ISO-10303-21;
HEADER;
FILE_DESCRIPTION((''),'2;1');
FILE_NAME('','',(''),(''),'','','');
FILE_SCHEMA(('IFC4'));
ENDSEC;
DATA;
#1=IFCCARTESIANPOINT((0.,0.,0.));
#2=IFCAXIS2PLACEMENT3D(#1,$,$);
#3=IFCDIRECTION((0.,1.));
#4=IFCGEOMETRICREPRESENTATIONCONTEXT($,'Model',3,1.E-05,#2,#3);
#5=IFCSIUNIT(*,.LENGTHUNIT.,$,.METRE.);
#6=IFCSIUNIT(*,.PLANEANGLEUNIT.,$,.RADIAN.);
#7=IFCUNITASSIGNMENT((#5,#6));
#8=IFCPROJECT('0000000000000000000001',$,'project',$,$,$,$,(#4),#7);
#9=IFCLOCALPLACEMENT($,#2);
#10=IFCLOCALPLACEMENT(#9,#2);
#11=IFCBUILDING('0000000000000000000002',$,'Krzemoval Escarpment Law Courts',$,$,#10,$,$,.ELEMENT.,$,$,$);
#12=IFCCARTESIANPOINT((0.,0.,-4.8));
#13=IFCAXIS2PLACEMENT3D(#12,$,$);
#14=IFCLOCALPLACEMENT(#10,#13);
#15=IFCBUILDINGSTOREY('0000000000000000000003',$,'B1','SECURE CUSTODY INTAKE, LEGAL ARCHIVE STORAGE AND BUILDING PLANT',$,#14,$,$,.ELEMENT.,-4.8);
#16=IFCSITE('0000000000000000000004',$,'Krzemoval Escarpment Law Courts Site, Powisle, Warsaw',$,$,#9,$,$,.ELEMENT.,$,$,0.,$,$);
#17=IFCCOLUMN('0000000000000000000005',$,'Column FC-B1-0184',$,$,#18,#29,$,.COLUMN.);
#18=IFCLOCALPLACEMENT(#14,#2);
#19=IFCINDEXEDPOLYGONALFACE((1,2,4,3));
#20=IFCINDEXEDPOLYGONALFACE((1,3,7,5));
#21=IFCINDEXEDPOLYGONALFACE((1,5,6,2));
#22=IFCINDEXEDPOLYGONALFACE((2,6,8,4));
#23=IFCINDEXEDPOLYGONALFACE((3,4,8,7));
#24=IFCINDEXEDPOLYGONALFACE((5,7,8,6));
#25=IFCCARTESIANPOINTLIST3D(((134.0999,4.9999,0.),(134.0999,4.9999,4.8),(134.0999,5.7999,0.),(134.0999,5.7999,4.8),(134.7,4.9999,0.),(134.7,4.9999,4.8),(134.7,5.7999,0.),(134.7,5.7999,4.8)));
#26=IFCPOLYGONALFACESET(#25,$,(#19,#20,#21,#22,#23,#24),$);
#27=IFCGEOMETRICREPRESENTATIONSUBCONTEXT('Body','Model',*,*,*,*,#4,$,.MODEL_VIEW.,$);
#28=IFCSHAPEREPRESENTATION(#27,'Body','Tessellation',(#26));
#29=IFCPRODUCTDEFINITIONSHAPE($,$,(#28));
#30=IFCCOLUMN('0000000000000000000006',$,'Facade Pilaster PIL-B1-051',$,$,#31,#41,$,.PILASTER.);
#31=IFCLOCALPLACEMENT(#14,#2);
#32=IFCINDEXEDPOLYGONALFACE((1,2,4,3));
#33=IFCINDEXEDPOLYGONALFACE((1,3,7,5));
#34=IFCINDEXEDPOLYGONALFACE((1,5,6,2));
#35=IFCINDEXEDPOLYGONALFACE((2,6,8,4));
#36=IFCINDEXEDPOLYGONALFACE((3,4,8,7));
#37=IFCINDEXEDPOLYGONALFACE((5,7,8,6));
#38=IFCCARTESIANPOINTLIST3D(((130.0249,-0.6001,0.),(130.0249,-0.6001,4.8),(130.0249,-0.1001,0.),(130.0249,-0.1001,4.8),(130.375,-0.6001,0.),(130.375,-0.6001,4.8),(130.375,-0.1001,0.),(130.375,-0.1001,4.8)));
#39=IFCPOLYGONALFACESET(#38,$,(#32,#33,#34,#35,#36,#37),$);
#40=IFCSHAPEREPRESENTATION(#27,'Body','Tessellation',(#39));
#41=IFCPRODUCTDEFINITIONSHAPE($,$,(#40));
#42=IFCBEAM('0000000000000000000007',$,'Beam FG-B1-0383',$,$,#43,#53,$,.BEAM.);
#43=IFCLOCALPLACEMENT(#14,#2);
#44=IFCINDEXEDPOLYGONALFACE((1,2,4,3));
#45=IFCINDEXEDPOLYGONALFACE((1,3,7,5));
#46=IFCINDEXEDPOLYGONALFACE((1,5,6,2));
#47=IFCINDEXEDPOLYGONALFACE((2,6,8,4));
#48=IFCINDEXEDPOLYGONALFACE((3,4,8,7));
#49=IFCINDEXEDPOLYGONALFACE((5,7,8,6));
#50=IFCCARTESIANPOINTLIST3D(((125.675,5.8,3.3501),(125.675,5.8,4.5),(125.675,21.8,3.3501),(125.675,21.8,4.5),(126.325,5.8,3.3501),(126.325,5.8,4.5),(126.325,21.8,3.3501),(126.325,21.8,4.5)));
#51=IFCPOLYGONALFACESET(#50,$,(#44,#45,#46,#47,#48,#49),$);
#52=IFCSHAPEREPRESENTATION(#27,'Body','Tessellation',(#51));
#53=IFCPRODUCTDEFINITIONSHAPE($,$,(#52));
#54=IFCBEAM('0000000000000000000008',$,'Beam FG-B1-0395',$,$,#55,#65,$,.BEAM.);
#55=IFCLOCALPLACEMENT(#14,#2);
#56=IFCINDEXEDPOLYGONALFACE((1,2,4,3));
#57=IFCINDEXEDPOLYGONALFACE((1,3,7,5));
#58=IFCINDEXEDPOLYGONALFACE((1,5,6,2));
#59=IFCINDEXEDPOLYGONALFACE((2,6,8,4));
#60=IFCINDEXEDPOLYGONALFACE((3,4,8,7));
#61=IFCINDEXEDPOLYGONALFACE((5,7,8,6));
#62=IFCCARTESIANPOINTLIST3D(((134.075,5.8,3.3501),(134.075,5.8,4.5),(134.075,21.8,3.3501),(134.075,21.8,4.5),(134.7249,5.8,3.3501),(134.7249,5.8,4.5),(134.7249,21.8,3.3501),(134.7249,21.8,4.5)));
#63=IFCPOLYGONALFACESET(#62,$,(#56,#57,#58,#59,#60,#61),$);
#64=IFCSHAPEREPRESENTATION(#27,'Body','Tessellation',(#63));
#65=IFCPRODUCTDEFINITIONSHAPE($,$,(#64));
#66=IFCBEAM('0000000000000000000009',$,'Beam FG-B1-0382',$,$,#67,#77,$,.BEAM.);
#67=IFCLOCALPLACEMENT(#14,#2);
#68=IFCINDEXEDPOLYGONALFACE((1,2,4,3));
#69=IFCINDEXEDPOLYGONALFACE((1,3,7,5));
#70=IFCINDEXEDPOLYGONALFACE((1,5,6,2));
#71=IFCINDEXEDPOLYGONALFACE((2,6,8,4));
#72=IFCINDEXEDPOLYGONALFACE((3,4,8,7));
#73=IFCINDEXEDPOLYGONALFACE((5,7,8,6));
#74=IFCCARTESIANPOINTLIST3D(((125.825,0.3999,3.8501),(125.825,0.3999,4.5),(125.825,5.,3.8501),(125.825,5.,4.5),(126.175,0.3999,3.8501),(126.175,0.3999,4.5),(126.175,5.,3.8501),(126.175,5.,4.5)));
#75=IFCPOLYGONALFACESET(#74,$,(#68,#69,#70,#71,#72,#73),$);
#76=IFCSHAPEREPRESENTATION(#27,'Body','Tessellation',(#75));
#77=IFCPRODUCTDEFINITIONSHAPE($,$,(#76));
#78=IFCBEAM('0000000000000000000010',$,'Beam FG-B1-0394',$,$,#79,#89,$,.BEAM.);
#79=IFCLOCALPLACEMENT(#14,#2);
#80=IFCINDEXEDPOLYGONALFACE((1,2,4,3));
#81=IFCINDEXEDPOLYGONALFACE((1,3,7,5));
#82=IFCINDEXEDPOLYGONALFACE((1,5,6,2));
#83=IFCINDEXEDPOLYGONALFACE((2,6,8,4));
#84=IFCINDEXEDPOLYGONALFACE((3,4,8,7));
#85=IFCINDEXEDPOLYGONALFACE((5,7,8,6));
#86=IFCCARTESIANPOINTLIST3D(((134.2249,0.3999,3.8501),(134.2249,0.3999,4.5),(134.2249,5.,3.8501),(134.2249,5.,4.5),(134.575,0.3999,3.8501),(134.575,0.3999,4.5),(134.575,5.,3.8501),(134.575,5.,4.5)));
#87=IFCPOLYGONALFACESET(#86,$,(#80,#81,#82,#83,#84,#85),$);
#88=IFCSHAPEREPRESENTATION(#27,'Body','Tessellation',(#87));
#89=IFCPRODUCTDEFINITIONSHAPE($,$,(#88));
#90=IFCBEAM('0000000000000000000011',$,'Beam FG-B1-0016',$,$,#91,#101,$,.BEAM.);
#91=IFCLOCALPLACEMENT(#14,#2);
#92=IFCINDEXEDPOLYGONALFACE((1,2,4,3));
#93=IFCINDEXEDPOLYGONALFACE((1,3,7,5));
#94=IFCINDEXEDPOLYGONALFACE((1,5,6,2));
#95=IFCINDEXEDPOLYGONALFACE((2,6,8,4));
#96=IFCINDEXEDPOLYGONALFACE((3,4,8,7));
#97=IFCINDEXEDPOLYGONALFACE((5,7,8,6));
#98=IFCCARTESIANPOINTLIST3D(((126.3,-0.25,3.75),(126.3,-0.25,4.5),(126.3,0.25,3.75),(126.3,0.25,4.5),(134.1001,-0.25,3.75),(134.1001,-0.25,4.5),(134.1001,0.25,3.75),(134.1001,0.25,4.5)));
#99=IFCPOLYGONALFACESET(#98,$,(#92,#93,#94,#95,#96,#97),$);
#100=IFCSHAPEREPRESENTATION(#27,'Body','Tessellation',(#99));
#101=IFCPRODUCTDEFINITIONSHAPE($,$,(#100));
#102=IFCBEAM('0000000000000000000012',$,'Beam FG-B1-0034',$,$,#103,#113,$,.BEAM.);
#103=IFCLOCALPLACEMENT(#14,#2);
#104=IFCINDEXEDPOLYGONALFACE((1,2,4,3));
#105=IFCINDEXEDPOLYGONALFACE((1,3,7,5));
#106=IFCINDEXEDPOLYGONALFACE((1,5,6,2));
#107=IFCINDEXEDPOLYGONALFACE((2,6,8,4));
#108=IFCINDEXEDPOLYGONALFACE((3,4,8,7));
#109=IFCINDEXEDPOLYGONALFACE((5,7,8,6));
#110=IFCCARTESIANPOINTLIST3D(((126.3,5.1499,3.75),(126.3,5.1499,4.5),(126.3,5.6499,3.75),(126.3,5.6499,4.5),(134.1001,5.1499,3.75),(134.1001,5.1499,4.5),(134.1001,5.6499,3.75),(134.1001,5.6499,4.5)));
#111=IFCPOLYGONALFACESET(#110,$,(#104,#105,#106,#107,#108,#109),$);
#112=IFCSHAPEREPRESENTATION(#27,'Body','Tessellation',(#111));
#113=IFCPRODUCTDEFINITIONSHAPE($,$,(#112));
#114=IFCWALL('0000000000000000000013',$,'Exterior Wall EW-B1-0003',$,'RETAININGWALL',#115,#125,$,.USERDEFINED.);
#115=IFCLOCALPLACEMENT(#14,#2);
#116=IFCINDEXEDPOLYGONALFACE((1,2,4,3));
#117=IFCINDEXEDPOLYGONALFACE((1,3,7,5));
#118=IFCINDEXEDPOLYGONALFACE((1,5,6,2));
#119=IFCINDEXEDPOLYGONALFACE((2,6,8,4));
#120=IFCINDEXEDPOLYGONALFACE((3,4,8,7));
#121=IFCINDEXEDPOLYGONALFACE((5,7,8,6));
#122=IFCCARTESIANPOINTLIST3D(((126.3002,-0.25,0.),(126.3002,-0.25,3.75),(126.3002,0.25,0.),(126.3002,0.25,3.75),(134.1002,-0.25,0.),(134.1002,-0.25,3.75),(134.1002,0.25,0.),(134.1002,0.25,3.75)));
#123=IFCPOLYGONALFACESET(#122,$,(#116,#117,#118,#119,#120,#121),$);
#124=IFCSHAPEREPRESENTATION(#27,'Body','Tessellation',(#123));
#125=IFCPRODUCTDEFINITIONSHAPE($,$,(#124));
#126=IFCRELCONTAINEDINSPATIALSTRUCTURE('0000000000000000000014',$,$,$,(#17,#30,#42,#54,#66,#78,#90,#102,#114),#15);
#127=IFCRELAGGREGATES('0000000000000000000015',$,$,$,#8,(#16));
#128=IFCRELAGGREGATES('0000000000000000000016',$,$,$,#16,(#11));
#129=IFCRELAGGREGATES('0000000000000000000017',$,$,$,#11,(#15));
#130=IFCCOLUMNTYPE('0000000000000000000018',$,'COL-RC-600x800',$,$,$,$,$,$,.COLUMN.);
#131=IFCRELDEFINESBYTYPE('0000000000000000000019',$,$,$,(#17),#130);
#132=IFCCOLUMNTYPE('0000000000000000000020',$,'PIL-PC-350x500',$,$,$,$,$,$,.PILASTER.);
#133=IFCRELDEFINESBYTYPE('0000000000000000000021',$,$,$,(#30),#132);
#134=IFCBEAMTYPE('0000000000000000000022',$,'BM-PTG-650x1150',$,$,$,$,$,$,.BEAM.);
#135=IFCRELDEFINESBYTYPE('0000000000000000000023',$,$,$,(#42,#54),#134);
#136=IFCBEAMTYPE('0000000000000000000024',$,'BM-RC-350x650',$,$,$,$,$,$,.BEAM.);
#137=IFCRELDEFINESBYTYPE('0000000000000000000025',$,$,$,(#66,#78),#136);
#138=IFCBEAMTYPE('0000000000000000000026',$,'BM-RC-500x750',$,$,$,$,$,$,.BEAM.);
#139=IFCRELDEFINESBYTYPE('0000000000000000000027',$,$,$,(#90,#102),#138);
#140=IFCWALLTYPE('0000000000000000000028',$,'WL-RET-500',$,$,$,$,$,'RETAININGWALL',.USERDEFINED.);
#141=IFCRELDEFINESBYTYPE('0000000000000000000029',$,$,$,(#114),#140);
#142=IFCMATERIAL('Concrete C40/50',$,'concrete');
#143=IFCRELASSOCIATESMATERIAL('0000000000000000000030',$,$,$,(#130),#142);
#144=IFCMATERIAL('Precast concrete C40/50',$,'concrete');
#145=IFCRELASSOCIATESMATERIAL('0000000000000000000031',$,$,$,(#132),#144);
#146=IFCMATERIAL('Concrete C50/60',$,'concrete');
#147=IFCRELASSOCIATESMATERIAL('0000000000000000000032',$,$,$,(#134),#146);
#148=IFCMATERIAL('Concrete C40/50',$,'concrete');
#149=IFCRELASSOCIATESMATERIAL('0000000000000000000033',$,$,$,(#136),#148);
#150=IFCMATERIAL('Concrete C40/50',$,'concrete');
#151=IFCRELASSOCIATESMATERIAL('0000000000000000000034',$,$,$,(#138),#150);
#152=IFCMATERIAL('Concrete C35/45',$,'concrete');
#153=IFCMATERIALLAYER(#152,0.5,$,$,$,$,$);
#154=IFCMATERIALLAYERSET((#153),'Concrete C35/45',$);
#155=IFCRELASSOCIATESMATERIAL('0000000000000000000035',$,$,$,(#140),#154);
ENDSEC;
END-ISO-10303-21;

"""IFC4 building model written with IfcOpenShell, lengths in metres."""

from ifc_helpers import new_model, si_unit, direction, frame, frame_2d, origin, origin_2d, place, context, subcontext, project, spatial, rectangle, extrude, material, layer, layer_set, material_profile, profile_set, type_object, element, save


model = new_model("IFC4")

# Units and contexts
model_context = context("Model", 3, precision=1e-05, world=origin(), true_north=direction((0.0, 1.0)))
body_context = subcontext(model_context, "Body", "Model", "MODEL_VIEW")
ifc_project = project(units=[si_unit("LENGTHUNIT", "METRE"), si_unit("PLANEANGLEUNIT", "RADIAN")], contexts=[model_context])

# Site, building, storey
site_placement = place(None, origin())
site = spatial("IfcSite", under=ifc_project, at=site_placement, Name="Krzemoval Escarpment Law Courts Site, Powisle, Warsaw", CompositionType="ELEMENT", RefElevation=0.0)
building_placement = place(site_placement, origin())
building = spatial("IfcBuilding", under=site, at=building_placement, Name="Krzemoval Escarpment Law Courts", CompositionType="ELEMENT")
storey_placement = place(building_placement, frame((0.0, 0.0, -4.8)))
storey = spatial("IfcBuildingStorey", under=building, at=storey_placement, Name="B1", Description="SECURE CUSTODY INTAKE, LEGAL ARCHIVE STORAGE AND BUILDING PLANT", CompositionType="ELEMENT", Elevation=-4.8)

# Columns
ifc_material_1 = material(Name="Concrete C40/50", Category="concrete")
ifc_material_profile_1 = material_profile(ifc_material_1, rectangle(XDim=0.6001, YDim=0.8, at=origin_2d()), Name="RC 600x800")
ifc_profile_set_1 = profile_set([ifc_material_profile_1], Name="Concrete C40/50")
column_type_1 = type_object("IfcColumnType", Name="COL-RC-600x800", PredefinedType="COLUMN", material=ifc_profile_set_1)
for number, where, z_axis, x_axis, name in (
    (1, (134.3999, 5.3999, 0.0), (0.0, 0.0, 1.0), (1.0, 0.0, 0.0), "Column FC-B1-0184"),
):
    element("IfcColumn", number, at=place(storey_placement, frame(where, z_axis=z_axis, x_axis=x_axis)), inside=storey, type_object=column_type_1, Name=name, PredefinedType="COLUMN", context=body_context, shape_type="SweptSolid", body=[
        extrude(rectangle(XDim=0.6001, YDim=0.8, at=origin_2d()), origin(), (0.0, 0.0, 1.0), 4.8),
    ])
ifc_material_2 = material(Name="Precast concrete C40/50", Category="concrete")
ifc_material_profile_2 = material_profile(ifc_material_2, rectangle(XDim=0.3501, YDim=0.5, at=origin_2d()), Name="PIL 350x500")
ifc_profile_set_2 = profile_set([ifc_material_profile_2], Name="Precast concrete C40/50")
column_type_2 = type_object("IfcColumnType", Name="PIL-PC-350x500", PredefinedType="PILASTER", material=ifc_profile_set_2)
column_placement = place(storey_placement, frame((130.2, -0.3501, 0.0), z_axis=(0.0, 0.0, 1.0), x_axis=(1.0, 0.0, 0.0)))
element("IfcColumn", 2, at=column_placement, inside=storey, type_object=column_type_2, Name="Facade Pilaster PIL-B1-051", PredefinedType="PILASTER", context=body_context, shape_type="SweptSolid", body=[
    extrude(rectangle(XDim=0.3501, YDim=0.5, at=origin_2d()), origin(), (0.0, 0.0, 1.0), 4.8),
])

# Beams
ifc_material_3 = material(Name="Concrete C50/60", Category="concrete")
ifc_material_profile_3 = material_profile(ifc_material_3, rectangle(XDim=0.6499, YDim=1.1499, at=origin_2d()), Name="PTG 650x1150")
ifc_profile_set_3 = profile_set([ifc_material_profile_3], Name="Concrete C50/60")
beam_type_1 = type_object("IfcBeamType", Name="BM-PTG-650x1150", PredefinedType="BEAM", material=ifc_profile_set_3)
for number, where, z_axis, x_axis, name in (
    (3, (126.0, 5.8, 3.925), (0.0, 1.0, 0.0), (-1.0, 0.0, 0.0), "Beam FG-B1-0383"),
    (4, (134.3999, 5.8, 3.925), (0.0, 1.0, 0.0), (-1.0, 0.0, 0.0), "Beam FG-B1-0395"),
):
    element("IfcBeam", number, at=place(storey_placement, frame(where, z_axis=z_axis, x_axis=x_axis)), inside=storey, type_object=beam_type_1, Name=name, PredefinedType="BEAM", context=body_context, shape_type="SweptSolid", body=[
        extrude(rectangle(XDim=0.6499, YDim=1.1499, at=origin_2d()), origin(), (0.0, 0.0, 1.0), 16.0),
    ])
ifc_material_4 = material(Name="Concrete C40/50", Category="concrete")
ifc_material_profile_4 = material_profile(ifc_material_4, rectangle(XDim=0.3501, YDim=0.6499, at=origin_2d()), Name="RCB 350x650")
ifc_profile_set_4 = profile_set([ifc_material_profile_4], Name="Concrete C40/50")
beam_type_2 = type_object("IfcBeamType", Name="BM-RC-350x650", PredefinedType="BEAM", material=ifc_profile_set_4)
for number, where, z_axis, x_axis, name in (
    (5, (126.0, 0.3999, 4.175), (0.0, 1.0, 0.0), (-1.0, 0.0, 0.0), "Beam FG-B1-0382"),
    (6, (134.3999, 0.3999, 4.175), (0.0, 1.0, 0.0), (-1.0, 0.0, 0.0), "Beam FG-B1-0394"),
):
    element("IfcBeam", number, at=place(storey_placement, frame(where, z_axis=z_axis, x_axis=x_axis)), inside=storey, type_object=beam_type_2, Name=name, PredefinedType="BEAM", context=body_context, shape_type="SweptSolid", body=[
        extrude(rectangle(XDim=0.3501, YDim=0.6499, at=origin_2d()), origin(), (0.0, 0.0, 1.0), 4.6001),
    ])
ifc_material_5 = material(Name="Concrete C40/50", Category="concrete")
ifc_material_profile_5 = material_profile(ifc_material_5, rectangle(XDim=0.5, YDim=0.75, at=origin_2d()), Name="RCB 500x750")
ifc_profile_set_5 = profile_set([ifc_material_profile_5], Name="Concrete C40/50")
beam_type_3 = type_object("IfcBeamType", Name="BM-RC-500x750", PredefinedType="BEAM", material=ifc_profile_set_5)
for number, where, z_axis, x_axis, name in (
    (7, (126.3, 0.0, 4.125), (1.0, 0.0, 0.0), (0.0, 1.0, 0.0), "Beam FG-B1-0016"),
    (8, (126.3, 5.3999, 4.125), (1.0, 0.0, 0.0), (0.0, 1.0, 0.0), "Beam FG-B1-0034"),
):
    element("IfcBeam", number, at=place(storey_placement, frame(where, z_axis=z_axis, x_axis=x_axis)), inside=storey, type_object=beam_type_3, Name=name, PredefinedType="BEAM", context=body_context, shape_type="SweptSolid", body=[
        extrude(rectangle(XDim=0.5, YDim=0.75, at=origin_2d()), origin(), (0.0, 0.0, 1.0), 7.8),
    ])

# Wall
ifc_material_6 = material(Name="Concrete C35/45", Category="concrete")
ifc_layer = layer(ifc_material_6, 0.5)
ifc_layer_set = layer_set([ifc_layer], Name="Concrete C35/45")
wall_type = type_object("IfcWallType", Name="WL-RET-500", ElementType="RETAININGWALL", PredefinedType="USERDEFINED", material=ifc_layer_set)
wall_placement = place(storey_placement, frame((134.1001, 0.0, 0.0), z_axis=(0.0, 0.0, 1.0), x_axis=(-1.0, 0.0, 0.0)))
element("IfcWall", 9, at=wall_placement, inside=storey, type_object=wall_type, Name="Exterior Wall EW-B1-0003", ObjectType="RETAININGWALL", PredefinedType="USERDEFINED", context=body_context, shape_type="SweptSolid", body=[
    extrude(rectangle(XDim=7.8, YDim=0.5, at=frame_2d((3.8999, 0.0))), origin(), (0.0, 0.0, 1.0), 3.75),
])

save(model, "model.ifc")
